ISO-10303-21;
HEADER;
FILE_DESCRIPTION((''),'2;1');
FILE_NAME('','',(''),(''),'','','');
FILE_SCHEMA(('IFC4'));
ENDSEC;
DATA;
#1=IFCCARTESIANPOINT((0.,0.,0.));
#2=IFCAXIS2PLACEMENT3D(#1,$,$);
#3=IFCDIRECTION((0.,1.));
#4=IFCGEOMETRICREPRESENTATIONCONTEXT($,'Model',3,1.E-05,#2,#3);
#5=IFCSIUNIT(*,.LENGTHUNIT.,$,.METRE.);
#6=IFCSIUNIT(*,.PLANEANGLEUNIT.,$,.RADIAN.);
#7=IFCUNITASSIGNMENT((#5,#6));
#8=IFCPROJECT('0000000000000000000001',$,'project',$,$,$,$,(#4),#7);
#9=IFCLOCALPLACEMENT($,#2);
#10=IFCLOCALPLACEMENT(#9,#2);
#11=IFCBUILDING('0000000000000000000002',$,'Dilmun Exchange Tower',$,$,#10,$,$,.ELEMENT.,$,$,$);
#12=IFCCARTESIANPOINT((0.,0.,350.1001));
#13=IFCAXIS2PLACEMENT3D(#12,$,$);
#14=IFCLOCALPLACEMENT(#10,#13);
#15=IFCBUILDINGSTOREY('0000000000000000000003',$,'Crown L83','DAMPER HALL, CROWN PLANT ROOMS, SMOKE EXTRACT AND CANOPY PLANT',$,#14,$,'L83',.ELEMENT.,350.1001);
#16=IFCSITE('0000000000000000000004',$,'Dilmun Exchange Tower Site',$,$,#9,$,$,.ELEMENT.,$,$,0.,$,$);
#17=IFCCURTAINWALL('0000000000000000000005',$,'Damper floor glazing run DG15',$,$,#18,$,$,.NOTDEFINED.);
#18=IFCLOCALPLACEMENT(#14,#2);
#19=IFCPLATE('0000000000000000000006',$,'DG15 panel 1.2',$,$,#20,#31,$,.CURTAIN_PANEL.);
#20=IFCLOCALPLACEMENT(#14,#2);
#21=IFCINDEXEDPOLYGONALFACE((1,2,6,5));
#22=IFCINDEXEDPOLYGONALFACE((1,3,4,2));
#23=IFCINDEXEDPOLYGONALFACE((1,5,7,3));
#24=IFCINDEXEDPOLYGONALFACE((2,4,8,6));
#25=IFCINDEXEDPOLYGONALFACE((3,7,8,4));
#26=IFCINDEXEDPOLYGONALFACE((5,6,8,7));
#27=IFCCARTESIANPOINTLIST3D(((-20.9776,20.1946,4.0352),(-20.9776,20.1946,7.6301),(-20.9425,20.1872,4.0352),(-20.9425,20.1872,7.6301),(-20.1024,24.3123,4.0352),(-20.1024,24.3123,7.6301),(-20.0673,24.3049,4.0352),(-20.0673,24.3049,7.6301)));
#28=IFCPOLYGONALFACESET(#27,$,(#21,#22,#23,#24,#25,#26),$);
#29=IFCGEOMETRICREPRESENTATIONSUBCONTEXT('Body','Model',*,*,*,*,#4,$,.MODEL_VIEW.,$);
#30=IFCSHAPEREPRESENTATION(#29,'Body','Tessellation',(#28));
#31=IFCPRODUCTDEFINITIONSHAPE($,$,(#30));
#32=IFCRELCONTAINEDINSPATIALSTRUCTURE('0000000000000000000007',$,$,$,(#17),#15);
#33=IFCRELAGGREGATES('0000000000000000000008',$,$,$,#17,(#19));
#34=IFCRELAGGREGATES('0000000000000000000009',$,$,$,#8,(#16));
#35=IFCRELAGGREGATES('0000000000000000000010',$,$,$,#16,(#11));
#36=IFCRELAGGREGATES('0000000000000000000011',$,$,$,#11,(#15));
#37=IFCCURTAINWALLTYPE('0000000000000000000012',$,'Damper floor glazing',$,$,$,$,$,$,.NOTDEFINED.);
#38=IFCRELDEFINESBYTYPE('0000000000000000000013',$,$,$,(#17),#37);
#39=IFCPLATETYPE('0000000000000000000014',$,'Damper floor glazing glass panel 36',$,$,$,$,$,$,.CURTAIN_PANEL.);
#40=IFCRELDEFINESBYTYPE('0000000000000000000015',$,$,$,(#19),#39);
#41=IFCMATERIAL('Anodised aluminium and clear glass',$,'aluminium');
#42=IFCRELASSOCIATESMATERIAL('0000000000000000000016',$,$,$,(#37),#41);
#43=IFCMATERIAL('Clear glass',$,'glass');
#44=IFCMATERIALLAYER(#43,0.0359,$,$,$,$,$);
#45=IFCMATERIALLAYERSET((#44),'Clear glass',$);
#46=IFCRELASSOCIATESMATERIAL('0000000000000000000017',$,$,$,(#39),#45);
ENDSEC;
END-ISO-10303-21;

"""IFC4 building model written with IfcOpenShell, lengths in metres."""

from ifc_helpers import new_model, si_unit, direction, frame, origin, origin_2d, place, context, subcontext, project, spatial, rectangle, extrude, material, layer, layer_set, type_object, element, aggregate, save


model = new_model("IFC4")

# Units and contexts
model_context = context("Model", 3, precision=1e-05, world=origin(), true_north=direction((0.0, 1.0)))
body_context = subcontext(model_context, "Body", "Model", "MODEL_VIEW")
ifc_project = project(units=[si_unit("LENGTHUNIT", "METRE"), si_unit("PLANEANGLEUNIT", "RADIAN")], contexts=[model_context])

# Site, building, storey
site_placement = place(None, origin())
site = spatial("IfcSite", under=ifc_project, at=site_placement, Name="Dilmun Exchange Tower Site", CompositionType="ELEMENT", RefElevation=0.0)
building_placement = place(site_placement, origin())
building = spatial("IfcBuilding", under=site, at=building_placement, Name="Dilmun Exchange Tower", CompositionType="ELEMENT")
storey_placement = place(building_placement, frame((0.0, 0.0, 350.1001)))
storey = spatial("IfcBuildingStorey", under=building, at=storey_placement, Name="Crown L83", Description="DAMPER HALL, CROWN PLANT ROOMS, SMOKE EXTRACT AND CANOPY PLANT", LongName="L83", CompositionType="ELEMENT", Elevation=350.1001)

# Curtain wall
ifc_material_1 = material(Name="Anodised aluminium and clear glass", Category="aluminium")
curtain_wall_type = type_object("IfcCurtainWallType", Name="Damper floor glazing", PredefinedType="NOTDEFINED", material=ifc_material_1)
curtain_wall_1_placement = place(storey_placement, origin())
curtain_wall_1 = element("IfcCurtainWall", 1, at=curtain_wall_1_placement, inside=storey, type_object=curtain_wall_type, Name="Damper floor glazing run DG15", PredefinedType="NOTDEFINED")

# Plate
ifc_material_2 = material(Name="Clear glass", Category="glass")
ifc_layer = layer(ifc_material_2, 0.0359)
ifc_layer_set = layer_set([ifc_layer], Name="Clear glass")
plate_type = type_object("IfcPlateType", Name="Damper floor glazing glass panel 36", PredefinedType="CURTAIN_PANEL", material=ifc_layer_set)
plate_1_placement = place(storey_placement, frame((-20.5225, 22.2498, 4.0352), z_axis=(0.0, 0.0, 1.0), x_axis=(-0.207912, -0.978147, 0.0)))
plate_1 = element("IfcPlate", 2, at=plate_1_placement, type_object=plate_type, Name="DG15 panel 1.2", PredefinedType="CURTAIN_PANEL", context=body_context, shape_type="SweptSolid", body=[
    extrude(rectangle(XDim=4.2097, YDim=0.0359, at=origin_2d()), origin(), (0.0, 0.0, 1.0), 3.595),
])
aggregate(curtain_wall_1, [plate_1])

save(model, "model.ifc")
